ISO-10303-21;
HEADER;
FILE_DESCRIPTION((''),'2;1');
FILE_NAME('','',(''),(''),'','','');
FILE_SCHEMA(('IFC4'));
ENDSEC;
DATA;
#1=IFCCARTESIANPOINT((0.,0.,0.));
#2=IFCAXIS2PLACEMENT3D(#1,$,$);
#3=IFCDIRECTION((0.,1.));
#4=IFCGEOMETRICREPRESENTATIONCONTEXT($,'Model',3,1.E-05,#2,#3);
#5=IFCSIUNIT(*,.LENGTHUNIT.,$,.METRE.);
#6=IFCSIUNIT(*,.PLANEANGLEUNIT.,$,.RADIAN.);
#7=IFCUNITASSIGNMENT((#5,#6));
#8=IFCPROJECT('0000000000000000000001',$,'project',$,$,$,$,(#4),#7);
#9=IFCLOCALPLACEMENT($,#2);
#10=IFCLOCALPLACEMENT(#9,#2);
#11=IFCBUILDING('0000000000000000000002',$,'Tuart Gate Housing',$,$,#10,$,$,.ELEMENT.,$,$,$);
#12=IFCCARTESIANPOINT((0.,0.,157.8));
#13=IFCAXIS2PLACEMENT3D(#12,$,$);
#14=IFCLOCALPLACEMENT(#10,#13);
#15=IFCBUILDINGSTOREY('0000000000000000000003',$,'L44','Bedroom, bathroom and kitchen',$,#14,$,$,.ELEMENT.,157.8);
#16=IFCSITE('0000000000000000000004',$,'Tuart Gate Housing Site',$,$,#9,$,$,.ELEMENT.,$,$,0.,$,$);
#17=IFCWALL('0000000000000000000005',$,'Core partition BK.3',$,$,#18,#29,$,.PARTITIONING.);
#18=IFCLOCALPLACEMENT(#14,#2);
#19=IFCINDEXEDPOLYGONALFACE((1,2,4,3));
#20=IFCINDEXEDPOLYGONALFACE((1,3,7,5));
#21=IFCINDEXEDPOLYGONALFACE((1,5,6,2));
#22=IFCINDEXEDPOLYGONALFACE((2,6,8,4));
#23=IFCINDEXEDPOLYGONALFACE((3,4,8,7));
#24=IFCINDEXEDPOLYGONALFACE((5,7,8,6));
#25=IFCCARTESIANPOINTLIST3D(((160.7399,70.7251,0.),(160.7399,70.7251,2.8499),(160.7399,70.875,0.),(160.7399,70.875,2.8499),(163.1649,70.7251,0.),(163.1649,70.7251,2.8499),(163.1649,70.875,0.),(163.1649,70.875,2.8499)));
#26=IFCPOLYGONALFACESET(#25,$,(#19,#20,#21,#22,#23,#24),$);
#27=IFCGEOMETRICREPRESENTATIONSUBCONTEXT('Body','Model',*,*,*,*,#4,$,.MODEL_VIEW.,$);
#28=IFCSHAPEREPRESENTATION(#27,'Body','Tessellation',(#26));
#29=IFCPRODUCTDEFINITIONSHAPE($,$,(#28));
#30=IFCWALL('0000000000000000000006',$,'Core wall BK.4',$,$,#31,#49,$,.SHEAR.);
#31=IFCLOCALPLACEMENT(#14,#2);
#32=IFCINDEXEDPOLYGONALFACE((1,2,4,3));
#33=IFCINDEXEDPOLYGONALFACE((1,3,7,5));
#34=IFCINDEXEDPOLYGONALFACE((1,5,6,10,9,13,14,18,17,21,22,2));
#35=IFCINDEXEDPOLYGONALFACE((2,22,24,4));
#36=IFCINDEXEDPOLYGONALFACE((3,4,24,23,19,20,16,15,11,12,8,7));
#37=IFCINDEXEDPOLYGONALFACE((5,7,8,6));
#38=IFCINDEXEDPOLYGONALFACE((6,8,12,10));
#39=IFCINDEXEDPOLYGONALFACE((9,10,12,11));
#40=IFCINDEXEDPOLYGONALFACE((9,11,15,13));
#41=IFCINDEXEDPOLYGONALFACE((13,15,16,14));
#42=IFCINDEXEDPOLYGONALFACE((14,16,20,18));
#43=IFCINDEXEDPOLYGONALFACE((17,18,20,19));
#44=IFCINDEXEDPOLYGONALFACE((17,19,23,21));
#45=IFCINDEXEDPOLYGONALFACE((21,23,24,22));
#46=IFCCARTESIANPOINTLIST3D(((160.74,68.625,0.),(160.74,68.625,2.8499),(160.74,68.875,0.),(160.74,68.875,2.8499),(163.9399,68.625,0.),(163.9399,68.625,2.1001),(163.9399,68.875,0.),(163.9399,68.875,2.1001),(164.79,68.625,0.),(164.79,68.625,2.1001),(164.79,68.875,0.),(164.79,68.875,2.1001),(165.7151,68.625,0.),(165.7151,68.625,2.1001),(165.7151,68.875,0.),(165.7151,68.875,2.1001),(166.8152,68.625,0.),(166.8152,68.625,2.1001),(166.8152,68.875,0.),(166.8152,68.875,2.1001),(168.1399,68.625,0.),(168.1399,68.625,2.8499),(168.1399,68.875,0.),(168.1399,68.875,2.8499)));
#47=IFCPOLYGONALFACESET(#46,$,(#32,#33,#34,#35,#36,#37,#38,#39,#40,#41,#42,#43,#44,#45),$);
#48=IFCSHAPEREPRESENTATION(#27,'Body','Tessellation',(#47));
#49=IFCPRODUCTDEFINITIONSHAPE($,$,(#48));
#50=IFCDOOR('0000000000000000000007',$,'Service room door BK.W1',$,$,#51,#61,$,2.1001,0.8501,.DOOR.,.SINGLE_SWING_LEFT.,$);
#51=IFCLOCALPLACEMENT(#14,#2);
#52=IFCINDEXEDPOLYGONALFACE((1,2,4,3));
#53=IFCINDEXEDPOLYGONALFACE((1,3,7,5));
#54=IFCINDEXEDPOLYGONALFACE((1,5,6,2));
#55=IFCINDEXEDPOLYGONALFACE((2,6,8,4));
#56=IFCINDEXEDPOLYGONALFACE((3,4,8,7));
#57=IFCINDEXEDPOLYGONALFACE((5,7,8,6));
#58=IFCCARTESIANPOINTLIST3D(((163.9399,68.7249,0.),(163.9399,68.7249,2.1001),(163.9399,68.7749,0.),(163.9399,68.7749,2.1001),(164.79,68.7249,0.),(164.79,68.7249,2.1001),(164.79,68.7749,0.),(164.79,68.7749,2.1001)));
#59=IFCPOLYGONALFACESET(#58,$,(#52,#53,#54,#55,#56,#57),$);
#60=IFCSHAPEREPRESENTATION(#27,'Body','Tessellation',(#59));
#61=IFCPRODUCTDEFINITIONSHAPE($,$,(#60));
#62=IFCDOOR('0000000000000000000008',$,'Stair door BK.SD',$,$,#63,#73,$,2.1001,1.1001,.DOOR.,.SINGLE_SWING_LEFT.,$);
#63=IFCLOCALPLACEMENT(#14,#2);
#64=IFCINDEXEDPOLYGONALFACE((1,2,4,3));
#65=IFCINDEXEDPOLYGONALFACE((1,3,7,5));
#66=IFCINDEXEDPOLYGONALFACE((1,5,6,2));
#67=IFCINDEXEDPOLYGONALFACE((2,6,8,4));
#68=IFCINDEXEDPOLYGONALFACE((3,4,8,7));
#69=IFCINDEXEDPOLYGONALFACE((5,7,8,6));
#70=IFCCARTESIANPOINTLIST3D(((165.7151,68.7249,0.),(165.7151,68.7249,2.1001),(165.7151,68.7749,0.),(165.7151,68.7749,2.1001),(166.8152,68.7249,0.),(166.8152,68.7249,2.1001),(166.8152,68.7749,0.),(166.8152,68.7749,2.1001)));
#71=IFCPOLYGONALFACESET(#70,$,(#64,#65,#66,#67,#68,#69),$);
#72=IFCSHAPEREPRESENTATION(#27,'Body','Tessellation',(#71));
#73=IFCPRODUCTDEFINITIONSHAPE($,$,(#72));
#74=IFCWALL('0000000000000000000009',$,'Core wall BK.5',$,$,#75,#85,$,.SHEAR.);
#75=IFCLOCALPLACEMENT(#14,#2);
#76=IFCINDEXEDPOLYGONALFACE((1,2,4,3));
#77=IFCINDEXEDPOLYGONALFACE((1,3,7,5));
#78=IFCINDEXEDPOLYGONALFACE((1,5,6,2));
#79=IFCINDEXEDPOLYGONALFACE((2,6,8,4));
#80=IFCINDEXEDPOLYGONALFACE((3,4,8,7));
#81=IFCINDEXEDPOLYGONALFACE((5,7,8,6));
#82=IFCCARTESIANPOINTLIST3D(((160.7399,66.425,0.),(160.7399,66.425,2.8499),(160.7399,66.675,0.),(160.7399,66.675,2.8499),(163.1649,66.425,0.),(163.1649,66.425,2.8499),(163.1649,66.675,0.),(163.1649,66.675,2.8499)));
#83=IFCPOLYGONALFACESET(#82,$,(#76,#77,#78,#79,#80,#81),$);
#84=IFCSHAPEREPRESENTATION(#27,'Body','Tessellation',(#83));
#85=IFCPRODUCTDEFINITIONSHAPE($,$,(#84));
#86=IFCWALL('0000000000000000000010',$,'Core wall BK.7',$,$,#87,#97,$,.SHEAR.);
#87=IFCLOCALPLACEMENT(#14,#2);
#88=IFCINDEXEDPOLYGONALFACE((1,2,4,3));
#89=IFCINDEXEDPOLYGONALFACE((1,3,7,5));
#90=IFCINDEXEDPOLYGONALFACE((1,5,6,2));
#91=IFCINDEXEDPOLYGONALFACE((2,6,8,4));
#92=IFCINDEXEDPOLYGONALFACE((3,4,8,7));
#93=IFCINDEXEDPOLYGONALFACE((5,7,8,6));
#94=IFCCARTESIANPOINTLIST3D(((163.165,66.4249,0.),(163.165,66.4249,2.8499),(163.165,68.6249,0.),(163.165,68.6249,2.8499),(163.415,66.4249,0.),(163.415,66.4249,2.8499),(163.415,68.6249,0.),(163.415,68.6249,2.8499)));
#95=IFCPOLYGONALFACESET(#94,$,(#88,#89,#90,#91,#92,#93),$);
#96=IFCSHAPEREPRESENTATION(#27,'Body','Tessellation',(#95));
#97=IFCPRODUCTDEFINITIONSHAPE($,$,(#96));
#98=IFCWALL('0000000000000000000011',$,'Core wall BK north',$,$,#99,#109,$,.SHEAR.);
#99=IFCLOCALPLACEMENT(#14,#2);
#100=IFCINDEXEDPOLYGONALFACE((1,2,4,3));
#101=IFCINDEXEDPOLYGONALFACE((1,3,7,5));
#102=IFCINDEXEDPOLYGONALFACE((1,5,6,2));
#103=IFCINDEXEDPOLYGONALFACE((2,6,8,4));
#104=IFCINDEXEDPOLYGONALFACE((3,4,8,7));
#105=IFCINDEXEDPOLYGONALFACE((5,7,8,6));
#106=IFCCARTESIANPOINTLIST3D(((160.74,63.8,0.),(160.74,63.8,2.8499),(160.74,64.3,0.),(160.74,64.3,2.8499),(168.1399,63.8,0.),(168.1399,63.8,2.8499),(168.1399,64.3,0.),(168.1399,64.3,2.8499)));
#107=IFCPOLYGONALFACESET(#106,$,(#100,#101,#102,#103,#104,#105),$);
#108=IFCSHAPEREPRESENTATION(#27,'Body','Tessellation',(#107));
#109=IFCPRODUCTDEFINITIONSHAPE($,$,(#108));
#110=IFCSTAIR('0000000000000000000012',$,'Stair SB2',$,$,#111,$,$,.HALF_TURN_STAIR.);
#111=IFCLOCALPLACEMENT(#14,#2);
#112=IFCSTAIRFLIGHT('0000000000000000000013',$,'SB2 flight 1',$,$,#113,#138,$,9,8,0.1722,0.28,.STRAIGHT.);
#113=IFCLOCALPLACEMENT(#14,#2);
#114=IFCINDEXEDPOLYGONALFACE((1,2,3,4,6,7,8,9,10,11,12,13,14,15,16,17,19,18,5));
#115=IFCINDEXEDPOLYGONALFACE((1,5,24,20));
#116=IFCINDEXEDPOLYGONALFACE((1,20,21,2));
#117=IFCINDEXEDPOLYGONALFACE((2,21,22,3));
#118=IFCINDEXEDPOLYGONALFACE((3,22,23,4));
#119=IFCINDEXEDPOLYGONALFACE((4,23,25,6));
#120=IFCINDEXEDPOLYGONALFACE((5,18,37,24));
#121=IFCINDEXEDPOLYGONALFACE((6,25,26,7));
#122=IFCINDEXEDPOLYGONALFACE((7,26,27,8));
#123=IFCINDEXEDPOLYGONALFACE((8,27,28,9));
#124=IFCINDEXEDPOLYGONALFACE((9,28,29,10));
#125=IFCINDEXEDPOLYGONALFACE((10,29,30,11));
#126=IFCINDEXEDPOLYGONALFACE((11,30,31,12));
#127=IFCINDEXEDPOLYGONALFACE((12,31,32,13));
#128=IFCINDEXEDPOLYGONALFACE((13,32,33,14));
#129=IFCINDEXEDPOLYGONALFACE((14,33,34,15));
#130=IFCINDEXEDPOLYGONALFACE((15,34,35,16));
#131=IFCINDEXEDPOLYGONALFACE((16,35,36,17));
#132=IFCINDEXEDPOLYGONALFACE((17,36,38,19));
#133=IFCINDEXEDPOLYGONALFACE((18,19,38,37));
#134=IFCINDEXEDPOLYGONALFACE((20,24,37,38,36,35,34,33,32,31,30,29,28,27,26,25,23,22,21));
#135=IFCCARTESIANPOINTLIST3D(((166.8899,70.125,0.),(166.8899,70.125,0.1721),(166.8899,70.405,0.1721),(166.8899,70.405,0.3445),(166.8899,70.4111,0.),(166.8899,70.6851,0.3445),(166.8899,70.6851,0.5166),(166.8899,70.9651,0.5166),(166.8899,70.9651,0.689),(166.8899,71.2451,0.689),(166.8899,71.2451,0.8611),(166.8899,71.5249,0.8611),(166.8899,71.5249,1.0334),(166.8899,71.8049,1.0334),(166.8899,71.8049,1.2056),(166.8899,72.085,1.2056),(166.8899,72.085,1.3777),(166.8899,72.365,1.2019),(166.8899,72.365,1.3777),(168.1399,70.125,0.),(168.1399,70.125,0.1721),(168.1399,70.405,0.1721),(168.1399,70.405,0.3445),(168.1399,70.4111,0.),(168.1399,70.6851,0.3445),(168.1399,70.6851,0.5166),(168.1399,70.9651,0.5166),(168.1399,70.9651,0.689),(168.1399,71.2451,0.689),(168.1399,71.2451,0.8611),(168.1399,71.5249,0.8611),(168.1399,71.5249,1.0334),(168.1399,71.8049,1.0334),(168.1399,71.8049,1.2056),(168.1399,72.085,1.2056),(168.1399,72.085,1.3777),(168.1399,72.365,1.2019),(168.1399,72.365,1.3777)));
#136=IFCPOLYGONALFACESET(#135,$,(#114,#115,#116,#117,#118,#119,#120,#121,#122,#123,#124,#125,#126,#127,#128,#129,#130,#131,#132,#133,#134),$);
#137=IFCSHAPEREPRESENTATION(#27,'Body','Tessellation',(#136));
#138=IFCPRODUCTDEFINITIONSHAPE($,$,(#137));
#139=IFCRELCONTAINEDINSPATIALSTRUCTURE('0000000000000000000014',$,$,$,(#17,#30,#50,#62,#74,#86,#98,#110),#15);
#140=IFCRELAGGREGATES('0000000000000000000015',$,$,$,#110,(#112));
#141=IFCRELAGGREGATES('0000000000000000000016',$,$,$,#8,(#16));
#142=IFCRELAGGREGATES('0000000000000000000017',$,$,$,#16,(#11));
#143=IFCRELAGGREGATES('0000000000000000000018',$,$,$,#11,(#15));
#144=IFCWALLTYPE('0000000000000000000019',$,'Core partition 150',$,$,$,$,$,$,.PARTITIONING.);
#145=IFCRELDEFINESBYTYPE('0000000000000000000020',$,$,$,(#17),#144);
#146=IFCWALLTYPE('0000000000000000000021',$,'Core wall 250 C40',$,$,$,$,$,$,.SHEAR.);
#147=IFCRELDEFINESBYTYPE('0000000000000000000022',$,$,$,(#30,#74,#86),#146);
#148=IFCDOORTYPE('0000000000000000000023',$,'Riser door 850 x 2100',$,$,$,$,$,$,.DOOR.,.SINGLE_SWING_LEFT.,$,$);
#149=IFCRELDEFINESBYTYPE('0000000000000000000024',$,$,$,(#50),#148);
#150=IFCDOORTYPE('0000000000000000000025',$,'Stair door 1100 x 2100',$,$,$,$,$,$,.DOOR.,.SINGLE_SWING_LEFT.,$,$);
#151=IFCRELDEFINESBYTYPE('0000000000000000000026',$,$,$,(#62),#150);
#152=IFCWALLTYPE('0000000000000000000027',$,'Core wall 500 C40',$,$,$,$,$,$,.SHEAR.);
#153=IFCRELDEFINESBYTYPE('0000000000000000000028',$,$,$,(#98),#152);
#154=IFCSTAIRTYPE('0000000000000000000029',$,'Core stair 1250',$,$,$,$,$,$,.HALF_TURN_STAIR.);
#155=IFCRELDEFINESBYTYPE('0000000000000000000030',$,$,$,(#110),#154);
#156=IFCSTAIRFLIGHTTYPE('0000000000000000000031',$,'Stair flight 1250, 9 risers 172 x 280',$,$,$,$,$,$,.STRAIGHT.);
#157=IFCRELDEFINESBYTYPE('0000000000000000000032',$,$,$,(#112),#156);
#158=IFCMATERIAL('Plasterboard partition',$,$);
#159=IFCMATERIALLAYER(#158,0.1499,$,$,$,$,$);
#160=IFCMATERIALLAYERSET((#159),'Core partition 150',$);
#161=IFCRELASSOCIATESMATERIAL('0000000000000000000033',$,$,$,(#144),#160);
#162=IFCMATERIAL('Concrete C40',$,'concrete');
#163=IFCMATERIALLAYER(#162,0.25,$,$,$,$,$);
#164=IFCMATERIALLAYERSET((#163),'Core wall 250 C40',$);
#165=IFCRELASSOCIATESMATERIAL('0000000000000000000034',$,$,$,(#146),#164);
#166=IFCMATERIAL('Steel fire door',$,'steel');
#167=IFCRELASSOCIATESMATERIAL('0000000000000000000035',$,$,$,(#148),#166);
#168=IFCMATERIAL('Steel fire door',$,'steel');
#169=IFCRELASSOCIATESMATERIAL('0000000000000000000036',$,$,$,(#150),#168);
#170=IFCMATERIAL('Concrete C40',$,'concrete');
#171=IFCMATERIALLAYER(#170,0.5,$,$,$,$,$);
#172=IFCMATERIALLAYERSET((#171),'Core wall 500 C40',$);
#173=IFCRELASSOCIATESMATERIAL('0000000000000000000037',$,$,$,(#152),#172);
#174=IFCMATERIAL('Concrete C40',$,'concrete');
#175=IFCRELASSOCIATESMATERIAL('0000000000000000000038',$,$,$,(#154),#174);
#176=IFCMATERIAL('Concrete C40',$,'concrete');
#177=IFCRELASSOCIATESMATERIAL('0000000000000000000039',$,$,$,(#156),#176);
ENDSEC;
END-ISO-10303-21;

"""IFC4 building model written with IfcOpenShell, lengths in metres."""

from ifc_helpers import new_model, si_unit, direction, frame, frame_2d, origin, place, context, subcontext, project, spatial, polyline, rectangle, outline, extrude, material, layer, layer_set, type_object, element, fill, aggregate, save


model = new_model("IFC4")

# Units and contexts
model_context = context("Model", 3, precision=1e-05, world=origin(), true_north=direction((0.0, 1.0)))
body_context = subcontext(model_context, "Body", "Model", "MODEL_VIEW")
ifc_project = project(units=[si_unit("LENGTHUNIT", "METRE"), si_unit("PLANEANGLEUNIT", "RADIAN")], contexts=[model_context])

# Site, building, storey
site_placement = place(None, origin())
site = spatial("IfcSite", under=ifc_project, at=site_placement, Name="Tuart Gate Housing Site", CompositionType="ELEMENT", RefElevation=0.0)
building_placement = place(site_placement, origin())
building = spatial("IfcBuilding", under=site, at=building_placement, Name="Tuart Gate Housing", CompositionType="ELEMENT")
storey_placement = place(building_placement, frame((0.0, 0.0, 157.8)))
storey = spatial("IfcBuildingStorey", under=building, at=storey_placement, Name="L44", Description="Bedroom, bathroom and kitchen", CompositionType="ELEMENT", Elevation=157.8)

# Wall
ifc_material_1 = material(Name="Plasterboard partition")
ifc_layer_1 = layer(ifc_material_1, 0.1499)
ifc_layer_set_1 = layer_set([ifc_layer_1], Name="Core partition 150")
wall_type_1 = type_object("IfcWallType", Name="Core partition 150", PredefinedType="PARTITIONING", material=ifc_layer_set_1)
wall_1_placement = place(storey_placement, frame((160.74, 70.8, 0.0), z_axis=(0.0, 0.0, 1.0), x_axis=(1.0, 0.0, 0.0)))
element("IfcWall", 1, at=wall_1_placement, inside=storey, type_object=wall_type_1, Name="Core partition BK.3", PredefinedType="PARTITIONING", context=body_context, shape_type="SweptSolid", body=[
    extrude(rectangle(XDim=2.425, YDim=0.1499, at=frame_2d((1.2124, 0.0))), origin(), (0.0, 0.0, 1.0), 2.8499),
])

# Wall, openings, doors
ifc_material_2 = material(Name="Concrete C40", Category="concrete")
ifc_layer_2 = layer(ifc_material_2, 0.25)
ifc_layer_set_2 = layer_set([ifc_layer_2], Name="Core wall 250 C40")
wall_type_2 = type_object("IfcWallType", Name="Core wall 250 C40", PredefinedType="SHEAR", material=ifc_layer_set_2)
wall_2_placement = place(storey_placement, frame((160.74, 68.75, 0.0), z_axis=(0.0, 0.0, 1.0), x_axis=(1.0, 0.0, 0.0)))
wall_2 = element("IfcWall", 2, at=wall_2_placement, inside=storey, type_object=wall_type_2, Name="Core wall BK.4", PredefinedType="SHEAR", context=body_context, shape_type="SweptSolid", body=[
    extrude(rectangle(XDim=7.3999, YDim=0.25, at=frame_2d((3.7, 0.0))), origin(), (0.0, 0.0, 1.0), 2.8499),
])
opening_1_placement = place(wall_2_placement, frame((4.9751, 0.0, 0.0)))
opening_1 = element("IfcOpeningElement", 3, at=opening_1_placement, cuts=wall_2, PredefinedType="OPENING", context=body_context, shape_type="SweptSolid", body=[
    extrude(rectangle(XDim=1.1001, YDim=2.1001, at=frame_2d((0.55, 1.05))), frame((0.0, 0.135, 0.0), z_axis=(0.0, -1.0, 0.0), x_axis=(1.0, 0.0, 0.0)), (0.0, 0.0, 1.0), 0.27),
])
opening_2_placement = place(wall_2_placement, frame((3.2, 0.0, 0.0)))
opening_2 = element("IfcOpeningElement", 4, at=opening_2_placement, cuts=wall_2, PredefinedType="OPENING", context=body_context, shape_type="SweptSolid", body=[
    extrude(rectangle(XDim=0.8501, YDim=2.1001, at=frame_2d((0.425, 1.05))), frame((0.0, 0.135, 0.0), z_axis=(0.0, -1.0, 0.0), x_axis=(1.0, 0.0, 0.0)), (0.0, 0.0, 1.0), 0.27),
])
ifc_material_3 = material(Name="Steel fire door", Category="steel")
door_type_1 = type_object("IfcDoorType", Name="Riser door 850 x 2100", OperationType="SINGLE_SWING_LEFT", PredefinedType="DOOR", material=ifc_material_3)
door_1_placement = place(opening_2_placement, origin())
door_1 = element("IfcDoor", 5, at=door_1_placement, inside=storey, type_object=door_type_1, Name="Service room door BK.W1", OperationType="SINGLE_SWING_LEFT", OverallHeight=2.1001, OverallWidth=0.8501, PredefinedType="DOOR", context=body_context, shape_type="SweptSolid", body=[
    extrude(rectangle(XDim=0.8501, YDim=2.1001, at=frame_2d((0.425, 1.05))), frame((0.0, 0.0249, 0.0), z_axis=(0.0, -1.0, 0.0), x_axis=(1.0, 0.0, 0.0)), (0.0, 0.0, 1.0), 0.05),
])
fill(opening_2, door_1)
ifc_material_4 = material(Name="Steel fire door", Category="steel")
door_type_2 = type_object("IfcDoorType", Name="Stair door 1100 x 2100", OperationType="SINGLE_SWING_LEFT", PredefinedType="DOOR", material=ifc_material_4)
door_2_placement = place(opening_1_placement, origin())
door_2 = element("IfcDoor", 6, at=door_2_placement, inside=storey, type_object=door_type_2, Name="Stair door BK.SD", OperationType="SINGLE_SWING_LEFT", OverallHeight=2.1001, OverallWidth=1.1001, PredefinedType="DOOR", context=body_context, shape_type="SweptSolid", body=[
    extrude(rectangle(XDim=1.1001, YDim=2.1001, at=frame_2d((0.55, 1.05))), frame((0.0, 0.0249, 0.0), z_axis=(0.0, -1.0, 0.0), x_axis=(1.0, 0.0, 0.0)), (0.0, 0.0, 1.0), 0.05),
])
fill(opening_1, door_2)

# Walls
wall_3_placement = place(storey_placement, frame((160.74, 66.55, 0.0), z_axis=(0.0, 0.0, 1.0), x_axis=(1.0, 0.0, 0.0)))
element("IfcWall", 7, at=wall_3_placement, inside=storey, type_object=wall_type_2, Name="Core wall BK.5", PredefinedType="SHEAR", context=body_context, shape_type="SweptSolid", body=[
    extrude(rectangle(XDim=2.425, YDim=0.25, at=frame_2d((1.2124, 0.0))), origin(), (0.0, 0.0, 1.0), 2.8499),
])
wall_4_placement = place(storey_placement, frame((163.29, 68.625, 0.0), z_axis=(0.0, 0.0, 1.0), x_axis=(0.0, -1.0, 0.0)))
element("IfcWall", 8, at=wall_4_placement, inside=storey, type_object=wall_type_2, Name="Core wall BK.7", PredefinedType="SHEAR", context=body_context, shape_type="SweptSolid", body=[
    extrude(rectangle(XDim=2.2, YDim=0.25, at=frame_2d((1.1001, 0.0))), origin(), (0.0, 0.0, 1.0), 2.8499),
])
ifc_material_5 = material(Name="Concrete C40", Category="concrete")
ifc_layer_3 = layer(ifc_material_5, 0.5)
ifc_layer_set_3 = layer_set([ifc_layer_3], Name="Core wall 500 C40")
wall_type_3 = type_object("IfcWallType", Name="Core wall 500 C40", PredefinedType="SHEAR", material=ifc_layer_set_3)
wall_5_placement = place(storey_placement, frame((160.74, 64.05, 0.0), z_axis=(0.0, 0.0, 1.0), x_axis=(1.0, 0.0, 0.0)))
element("IfcWall", 9, at=wall_5_placement, inside=storey, type_object=wall_type_3, Name="Core wall BK north", PredefinedType="SHEAR", context=body_context, shape_type="SweptSolid", body=[
    extrude(rectangle(XDim=7.3999, YDim=0.5, at=frame_2d((3.7, 0.0))), origin(), (0.0, 0.0, 1.0), 2.8499),
])

# Stair, stair flight
ifc_material_6 = material(Name="Concrete C40", Category="concrete")
stair_type = type_object("IfcStairType", Name="Core stair 1250", PredefinedType="HALF_TURN_STAIR", material=ifc_material_6)
stair_placement = place(storey_placement, origin())
stair = element("IfcStair", 10, at=stair_placement, inside=storey, type_object=stair_type, Name="Stair SB2", PredefinedType="HALF_TURN_STAIR")
ifc_material_7 = material(Name="Concrete C40", Category="concrete")
stair_flight_type = type_object("IfcStairFlightType", Name="Stair flight 1250, 9 risers 172 x 280", PredefinedType="STRAIGHT", material=ifc_material_7)
stair_flight_placement = place(storey_placement, frame((167.5149, 70.125, 0.0), z_axis=(0.0, 0.0, 1.0), x_axis=(0.0, 1.0, 0.0)))
stair_flight = element("IfcStairFlight", 11, at=stair_flight_placement, type_object=stair_flight_type, Name="SB2 flight 1", NumberOfRisers=9, NumberOfTreads=8, PredefinedType="STRAIGHT", RiserHeight=0.1722, TreadLength=0.28, context=body_context, shape_type="SweptSolid", body=[
    extrude(outline(polyline([(0.0, 0.0), (0.0, 0.1721), (0.28, 0.1721), (0.28, 0.3445), (0.5601, 0.3445), (0.5601, 0.5166), (0.8401, 0.5166), (0.8401, 0.689), (1.1201, 0.689), (1.1201, 0.8611), (1.3999, 0.8611), (1.3999, 1.0334), (1.6799, 1.0334), (1.6799, 1.2056), (1.96, 1.2056), (1.96, 1.3777), (2.24, 1.3777), (2.24, 1.55), (2.24, 1.2019), (0.2861, 0.0), (0.0, 0.0)])), frame((0.0, 0.625, 0.0), z_axis=(0.0, -1.0, 0.0), x_axis=(1.0, 0.0, 0.0)), (0.0, 0.0, 1.0), 1.25),
])
aggregate(stair, [stair_flight])

save(model, "model.ifc")
